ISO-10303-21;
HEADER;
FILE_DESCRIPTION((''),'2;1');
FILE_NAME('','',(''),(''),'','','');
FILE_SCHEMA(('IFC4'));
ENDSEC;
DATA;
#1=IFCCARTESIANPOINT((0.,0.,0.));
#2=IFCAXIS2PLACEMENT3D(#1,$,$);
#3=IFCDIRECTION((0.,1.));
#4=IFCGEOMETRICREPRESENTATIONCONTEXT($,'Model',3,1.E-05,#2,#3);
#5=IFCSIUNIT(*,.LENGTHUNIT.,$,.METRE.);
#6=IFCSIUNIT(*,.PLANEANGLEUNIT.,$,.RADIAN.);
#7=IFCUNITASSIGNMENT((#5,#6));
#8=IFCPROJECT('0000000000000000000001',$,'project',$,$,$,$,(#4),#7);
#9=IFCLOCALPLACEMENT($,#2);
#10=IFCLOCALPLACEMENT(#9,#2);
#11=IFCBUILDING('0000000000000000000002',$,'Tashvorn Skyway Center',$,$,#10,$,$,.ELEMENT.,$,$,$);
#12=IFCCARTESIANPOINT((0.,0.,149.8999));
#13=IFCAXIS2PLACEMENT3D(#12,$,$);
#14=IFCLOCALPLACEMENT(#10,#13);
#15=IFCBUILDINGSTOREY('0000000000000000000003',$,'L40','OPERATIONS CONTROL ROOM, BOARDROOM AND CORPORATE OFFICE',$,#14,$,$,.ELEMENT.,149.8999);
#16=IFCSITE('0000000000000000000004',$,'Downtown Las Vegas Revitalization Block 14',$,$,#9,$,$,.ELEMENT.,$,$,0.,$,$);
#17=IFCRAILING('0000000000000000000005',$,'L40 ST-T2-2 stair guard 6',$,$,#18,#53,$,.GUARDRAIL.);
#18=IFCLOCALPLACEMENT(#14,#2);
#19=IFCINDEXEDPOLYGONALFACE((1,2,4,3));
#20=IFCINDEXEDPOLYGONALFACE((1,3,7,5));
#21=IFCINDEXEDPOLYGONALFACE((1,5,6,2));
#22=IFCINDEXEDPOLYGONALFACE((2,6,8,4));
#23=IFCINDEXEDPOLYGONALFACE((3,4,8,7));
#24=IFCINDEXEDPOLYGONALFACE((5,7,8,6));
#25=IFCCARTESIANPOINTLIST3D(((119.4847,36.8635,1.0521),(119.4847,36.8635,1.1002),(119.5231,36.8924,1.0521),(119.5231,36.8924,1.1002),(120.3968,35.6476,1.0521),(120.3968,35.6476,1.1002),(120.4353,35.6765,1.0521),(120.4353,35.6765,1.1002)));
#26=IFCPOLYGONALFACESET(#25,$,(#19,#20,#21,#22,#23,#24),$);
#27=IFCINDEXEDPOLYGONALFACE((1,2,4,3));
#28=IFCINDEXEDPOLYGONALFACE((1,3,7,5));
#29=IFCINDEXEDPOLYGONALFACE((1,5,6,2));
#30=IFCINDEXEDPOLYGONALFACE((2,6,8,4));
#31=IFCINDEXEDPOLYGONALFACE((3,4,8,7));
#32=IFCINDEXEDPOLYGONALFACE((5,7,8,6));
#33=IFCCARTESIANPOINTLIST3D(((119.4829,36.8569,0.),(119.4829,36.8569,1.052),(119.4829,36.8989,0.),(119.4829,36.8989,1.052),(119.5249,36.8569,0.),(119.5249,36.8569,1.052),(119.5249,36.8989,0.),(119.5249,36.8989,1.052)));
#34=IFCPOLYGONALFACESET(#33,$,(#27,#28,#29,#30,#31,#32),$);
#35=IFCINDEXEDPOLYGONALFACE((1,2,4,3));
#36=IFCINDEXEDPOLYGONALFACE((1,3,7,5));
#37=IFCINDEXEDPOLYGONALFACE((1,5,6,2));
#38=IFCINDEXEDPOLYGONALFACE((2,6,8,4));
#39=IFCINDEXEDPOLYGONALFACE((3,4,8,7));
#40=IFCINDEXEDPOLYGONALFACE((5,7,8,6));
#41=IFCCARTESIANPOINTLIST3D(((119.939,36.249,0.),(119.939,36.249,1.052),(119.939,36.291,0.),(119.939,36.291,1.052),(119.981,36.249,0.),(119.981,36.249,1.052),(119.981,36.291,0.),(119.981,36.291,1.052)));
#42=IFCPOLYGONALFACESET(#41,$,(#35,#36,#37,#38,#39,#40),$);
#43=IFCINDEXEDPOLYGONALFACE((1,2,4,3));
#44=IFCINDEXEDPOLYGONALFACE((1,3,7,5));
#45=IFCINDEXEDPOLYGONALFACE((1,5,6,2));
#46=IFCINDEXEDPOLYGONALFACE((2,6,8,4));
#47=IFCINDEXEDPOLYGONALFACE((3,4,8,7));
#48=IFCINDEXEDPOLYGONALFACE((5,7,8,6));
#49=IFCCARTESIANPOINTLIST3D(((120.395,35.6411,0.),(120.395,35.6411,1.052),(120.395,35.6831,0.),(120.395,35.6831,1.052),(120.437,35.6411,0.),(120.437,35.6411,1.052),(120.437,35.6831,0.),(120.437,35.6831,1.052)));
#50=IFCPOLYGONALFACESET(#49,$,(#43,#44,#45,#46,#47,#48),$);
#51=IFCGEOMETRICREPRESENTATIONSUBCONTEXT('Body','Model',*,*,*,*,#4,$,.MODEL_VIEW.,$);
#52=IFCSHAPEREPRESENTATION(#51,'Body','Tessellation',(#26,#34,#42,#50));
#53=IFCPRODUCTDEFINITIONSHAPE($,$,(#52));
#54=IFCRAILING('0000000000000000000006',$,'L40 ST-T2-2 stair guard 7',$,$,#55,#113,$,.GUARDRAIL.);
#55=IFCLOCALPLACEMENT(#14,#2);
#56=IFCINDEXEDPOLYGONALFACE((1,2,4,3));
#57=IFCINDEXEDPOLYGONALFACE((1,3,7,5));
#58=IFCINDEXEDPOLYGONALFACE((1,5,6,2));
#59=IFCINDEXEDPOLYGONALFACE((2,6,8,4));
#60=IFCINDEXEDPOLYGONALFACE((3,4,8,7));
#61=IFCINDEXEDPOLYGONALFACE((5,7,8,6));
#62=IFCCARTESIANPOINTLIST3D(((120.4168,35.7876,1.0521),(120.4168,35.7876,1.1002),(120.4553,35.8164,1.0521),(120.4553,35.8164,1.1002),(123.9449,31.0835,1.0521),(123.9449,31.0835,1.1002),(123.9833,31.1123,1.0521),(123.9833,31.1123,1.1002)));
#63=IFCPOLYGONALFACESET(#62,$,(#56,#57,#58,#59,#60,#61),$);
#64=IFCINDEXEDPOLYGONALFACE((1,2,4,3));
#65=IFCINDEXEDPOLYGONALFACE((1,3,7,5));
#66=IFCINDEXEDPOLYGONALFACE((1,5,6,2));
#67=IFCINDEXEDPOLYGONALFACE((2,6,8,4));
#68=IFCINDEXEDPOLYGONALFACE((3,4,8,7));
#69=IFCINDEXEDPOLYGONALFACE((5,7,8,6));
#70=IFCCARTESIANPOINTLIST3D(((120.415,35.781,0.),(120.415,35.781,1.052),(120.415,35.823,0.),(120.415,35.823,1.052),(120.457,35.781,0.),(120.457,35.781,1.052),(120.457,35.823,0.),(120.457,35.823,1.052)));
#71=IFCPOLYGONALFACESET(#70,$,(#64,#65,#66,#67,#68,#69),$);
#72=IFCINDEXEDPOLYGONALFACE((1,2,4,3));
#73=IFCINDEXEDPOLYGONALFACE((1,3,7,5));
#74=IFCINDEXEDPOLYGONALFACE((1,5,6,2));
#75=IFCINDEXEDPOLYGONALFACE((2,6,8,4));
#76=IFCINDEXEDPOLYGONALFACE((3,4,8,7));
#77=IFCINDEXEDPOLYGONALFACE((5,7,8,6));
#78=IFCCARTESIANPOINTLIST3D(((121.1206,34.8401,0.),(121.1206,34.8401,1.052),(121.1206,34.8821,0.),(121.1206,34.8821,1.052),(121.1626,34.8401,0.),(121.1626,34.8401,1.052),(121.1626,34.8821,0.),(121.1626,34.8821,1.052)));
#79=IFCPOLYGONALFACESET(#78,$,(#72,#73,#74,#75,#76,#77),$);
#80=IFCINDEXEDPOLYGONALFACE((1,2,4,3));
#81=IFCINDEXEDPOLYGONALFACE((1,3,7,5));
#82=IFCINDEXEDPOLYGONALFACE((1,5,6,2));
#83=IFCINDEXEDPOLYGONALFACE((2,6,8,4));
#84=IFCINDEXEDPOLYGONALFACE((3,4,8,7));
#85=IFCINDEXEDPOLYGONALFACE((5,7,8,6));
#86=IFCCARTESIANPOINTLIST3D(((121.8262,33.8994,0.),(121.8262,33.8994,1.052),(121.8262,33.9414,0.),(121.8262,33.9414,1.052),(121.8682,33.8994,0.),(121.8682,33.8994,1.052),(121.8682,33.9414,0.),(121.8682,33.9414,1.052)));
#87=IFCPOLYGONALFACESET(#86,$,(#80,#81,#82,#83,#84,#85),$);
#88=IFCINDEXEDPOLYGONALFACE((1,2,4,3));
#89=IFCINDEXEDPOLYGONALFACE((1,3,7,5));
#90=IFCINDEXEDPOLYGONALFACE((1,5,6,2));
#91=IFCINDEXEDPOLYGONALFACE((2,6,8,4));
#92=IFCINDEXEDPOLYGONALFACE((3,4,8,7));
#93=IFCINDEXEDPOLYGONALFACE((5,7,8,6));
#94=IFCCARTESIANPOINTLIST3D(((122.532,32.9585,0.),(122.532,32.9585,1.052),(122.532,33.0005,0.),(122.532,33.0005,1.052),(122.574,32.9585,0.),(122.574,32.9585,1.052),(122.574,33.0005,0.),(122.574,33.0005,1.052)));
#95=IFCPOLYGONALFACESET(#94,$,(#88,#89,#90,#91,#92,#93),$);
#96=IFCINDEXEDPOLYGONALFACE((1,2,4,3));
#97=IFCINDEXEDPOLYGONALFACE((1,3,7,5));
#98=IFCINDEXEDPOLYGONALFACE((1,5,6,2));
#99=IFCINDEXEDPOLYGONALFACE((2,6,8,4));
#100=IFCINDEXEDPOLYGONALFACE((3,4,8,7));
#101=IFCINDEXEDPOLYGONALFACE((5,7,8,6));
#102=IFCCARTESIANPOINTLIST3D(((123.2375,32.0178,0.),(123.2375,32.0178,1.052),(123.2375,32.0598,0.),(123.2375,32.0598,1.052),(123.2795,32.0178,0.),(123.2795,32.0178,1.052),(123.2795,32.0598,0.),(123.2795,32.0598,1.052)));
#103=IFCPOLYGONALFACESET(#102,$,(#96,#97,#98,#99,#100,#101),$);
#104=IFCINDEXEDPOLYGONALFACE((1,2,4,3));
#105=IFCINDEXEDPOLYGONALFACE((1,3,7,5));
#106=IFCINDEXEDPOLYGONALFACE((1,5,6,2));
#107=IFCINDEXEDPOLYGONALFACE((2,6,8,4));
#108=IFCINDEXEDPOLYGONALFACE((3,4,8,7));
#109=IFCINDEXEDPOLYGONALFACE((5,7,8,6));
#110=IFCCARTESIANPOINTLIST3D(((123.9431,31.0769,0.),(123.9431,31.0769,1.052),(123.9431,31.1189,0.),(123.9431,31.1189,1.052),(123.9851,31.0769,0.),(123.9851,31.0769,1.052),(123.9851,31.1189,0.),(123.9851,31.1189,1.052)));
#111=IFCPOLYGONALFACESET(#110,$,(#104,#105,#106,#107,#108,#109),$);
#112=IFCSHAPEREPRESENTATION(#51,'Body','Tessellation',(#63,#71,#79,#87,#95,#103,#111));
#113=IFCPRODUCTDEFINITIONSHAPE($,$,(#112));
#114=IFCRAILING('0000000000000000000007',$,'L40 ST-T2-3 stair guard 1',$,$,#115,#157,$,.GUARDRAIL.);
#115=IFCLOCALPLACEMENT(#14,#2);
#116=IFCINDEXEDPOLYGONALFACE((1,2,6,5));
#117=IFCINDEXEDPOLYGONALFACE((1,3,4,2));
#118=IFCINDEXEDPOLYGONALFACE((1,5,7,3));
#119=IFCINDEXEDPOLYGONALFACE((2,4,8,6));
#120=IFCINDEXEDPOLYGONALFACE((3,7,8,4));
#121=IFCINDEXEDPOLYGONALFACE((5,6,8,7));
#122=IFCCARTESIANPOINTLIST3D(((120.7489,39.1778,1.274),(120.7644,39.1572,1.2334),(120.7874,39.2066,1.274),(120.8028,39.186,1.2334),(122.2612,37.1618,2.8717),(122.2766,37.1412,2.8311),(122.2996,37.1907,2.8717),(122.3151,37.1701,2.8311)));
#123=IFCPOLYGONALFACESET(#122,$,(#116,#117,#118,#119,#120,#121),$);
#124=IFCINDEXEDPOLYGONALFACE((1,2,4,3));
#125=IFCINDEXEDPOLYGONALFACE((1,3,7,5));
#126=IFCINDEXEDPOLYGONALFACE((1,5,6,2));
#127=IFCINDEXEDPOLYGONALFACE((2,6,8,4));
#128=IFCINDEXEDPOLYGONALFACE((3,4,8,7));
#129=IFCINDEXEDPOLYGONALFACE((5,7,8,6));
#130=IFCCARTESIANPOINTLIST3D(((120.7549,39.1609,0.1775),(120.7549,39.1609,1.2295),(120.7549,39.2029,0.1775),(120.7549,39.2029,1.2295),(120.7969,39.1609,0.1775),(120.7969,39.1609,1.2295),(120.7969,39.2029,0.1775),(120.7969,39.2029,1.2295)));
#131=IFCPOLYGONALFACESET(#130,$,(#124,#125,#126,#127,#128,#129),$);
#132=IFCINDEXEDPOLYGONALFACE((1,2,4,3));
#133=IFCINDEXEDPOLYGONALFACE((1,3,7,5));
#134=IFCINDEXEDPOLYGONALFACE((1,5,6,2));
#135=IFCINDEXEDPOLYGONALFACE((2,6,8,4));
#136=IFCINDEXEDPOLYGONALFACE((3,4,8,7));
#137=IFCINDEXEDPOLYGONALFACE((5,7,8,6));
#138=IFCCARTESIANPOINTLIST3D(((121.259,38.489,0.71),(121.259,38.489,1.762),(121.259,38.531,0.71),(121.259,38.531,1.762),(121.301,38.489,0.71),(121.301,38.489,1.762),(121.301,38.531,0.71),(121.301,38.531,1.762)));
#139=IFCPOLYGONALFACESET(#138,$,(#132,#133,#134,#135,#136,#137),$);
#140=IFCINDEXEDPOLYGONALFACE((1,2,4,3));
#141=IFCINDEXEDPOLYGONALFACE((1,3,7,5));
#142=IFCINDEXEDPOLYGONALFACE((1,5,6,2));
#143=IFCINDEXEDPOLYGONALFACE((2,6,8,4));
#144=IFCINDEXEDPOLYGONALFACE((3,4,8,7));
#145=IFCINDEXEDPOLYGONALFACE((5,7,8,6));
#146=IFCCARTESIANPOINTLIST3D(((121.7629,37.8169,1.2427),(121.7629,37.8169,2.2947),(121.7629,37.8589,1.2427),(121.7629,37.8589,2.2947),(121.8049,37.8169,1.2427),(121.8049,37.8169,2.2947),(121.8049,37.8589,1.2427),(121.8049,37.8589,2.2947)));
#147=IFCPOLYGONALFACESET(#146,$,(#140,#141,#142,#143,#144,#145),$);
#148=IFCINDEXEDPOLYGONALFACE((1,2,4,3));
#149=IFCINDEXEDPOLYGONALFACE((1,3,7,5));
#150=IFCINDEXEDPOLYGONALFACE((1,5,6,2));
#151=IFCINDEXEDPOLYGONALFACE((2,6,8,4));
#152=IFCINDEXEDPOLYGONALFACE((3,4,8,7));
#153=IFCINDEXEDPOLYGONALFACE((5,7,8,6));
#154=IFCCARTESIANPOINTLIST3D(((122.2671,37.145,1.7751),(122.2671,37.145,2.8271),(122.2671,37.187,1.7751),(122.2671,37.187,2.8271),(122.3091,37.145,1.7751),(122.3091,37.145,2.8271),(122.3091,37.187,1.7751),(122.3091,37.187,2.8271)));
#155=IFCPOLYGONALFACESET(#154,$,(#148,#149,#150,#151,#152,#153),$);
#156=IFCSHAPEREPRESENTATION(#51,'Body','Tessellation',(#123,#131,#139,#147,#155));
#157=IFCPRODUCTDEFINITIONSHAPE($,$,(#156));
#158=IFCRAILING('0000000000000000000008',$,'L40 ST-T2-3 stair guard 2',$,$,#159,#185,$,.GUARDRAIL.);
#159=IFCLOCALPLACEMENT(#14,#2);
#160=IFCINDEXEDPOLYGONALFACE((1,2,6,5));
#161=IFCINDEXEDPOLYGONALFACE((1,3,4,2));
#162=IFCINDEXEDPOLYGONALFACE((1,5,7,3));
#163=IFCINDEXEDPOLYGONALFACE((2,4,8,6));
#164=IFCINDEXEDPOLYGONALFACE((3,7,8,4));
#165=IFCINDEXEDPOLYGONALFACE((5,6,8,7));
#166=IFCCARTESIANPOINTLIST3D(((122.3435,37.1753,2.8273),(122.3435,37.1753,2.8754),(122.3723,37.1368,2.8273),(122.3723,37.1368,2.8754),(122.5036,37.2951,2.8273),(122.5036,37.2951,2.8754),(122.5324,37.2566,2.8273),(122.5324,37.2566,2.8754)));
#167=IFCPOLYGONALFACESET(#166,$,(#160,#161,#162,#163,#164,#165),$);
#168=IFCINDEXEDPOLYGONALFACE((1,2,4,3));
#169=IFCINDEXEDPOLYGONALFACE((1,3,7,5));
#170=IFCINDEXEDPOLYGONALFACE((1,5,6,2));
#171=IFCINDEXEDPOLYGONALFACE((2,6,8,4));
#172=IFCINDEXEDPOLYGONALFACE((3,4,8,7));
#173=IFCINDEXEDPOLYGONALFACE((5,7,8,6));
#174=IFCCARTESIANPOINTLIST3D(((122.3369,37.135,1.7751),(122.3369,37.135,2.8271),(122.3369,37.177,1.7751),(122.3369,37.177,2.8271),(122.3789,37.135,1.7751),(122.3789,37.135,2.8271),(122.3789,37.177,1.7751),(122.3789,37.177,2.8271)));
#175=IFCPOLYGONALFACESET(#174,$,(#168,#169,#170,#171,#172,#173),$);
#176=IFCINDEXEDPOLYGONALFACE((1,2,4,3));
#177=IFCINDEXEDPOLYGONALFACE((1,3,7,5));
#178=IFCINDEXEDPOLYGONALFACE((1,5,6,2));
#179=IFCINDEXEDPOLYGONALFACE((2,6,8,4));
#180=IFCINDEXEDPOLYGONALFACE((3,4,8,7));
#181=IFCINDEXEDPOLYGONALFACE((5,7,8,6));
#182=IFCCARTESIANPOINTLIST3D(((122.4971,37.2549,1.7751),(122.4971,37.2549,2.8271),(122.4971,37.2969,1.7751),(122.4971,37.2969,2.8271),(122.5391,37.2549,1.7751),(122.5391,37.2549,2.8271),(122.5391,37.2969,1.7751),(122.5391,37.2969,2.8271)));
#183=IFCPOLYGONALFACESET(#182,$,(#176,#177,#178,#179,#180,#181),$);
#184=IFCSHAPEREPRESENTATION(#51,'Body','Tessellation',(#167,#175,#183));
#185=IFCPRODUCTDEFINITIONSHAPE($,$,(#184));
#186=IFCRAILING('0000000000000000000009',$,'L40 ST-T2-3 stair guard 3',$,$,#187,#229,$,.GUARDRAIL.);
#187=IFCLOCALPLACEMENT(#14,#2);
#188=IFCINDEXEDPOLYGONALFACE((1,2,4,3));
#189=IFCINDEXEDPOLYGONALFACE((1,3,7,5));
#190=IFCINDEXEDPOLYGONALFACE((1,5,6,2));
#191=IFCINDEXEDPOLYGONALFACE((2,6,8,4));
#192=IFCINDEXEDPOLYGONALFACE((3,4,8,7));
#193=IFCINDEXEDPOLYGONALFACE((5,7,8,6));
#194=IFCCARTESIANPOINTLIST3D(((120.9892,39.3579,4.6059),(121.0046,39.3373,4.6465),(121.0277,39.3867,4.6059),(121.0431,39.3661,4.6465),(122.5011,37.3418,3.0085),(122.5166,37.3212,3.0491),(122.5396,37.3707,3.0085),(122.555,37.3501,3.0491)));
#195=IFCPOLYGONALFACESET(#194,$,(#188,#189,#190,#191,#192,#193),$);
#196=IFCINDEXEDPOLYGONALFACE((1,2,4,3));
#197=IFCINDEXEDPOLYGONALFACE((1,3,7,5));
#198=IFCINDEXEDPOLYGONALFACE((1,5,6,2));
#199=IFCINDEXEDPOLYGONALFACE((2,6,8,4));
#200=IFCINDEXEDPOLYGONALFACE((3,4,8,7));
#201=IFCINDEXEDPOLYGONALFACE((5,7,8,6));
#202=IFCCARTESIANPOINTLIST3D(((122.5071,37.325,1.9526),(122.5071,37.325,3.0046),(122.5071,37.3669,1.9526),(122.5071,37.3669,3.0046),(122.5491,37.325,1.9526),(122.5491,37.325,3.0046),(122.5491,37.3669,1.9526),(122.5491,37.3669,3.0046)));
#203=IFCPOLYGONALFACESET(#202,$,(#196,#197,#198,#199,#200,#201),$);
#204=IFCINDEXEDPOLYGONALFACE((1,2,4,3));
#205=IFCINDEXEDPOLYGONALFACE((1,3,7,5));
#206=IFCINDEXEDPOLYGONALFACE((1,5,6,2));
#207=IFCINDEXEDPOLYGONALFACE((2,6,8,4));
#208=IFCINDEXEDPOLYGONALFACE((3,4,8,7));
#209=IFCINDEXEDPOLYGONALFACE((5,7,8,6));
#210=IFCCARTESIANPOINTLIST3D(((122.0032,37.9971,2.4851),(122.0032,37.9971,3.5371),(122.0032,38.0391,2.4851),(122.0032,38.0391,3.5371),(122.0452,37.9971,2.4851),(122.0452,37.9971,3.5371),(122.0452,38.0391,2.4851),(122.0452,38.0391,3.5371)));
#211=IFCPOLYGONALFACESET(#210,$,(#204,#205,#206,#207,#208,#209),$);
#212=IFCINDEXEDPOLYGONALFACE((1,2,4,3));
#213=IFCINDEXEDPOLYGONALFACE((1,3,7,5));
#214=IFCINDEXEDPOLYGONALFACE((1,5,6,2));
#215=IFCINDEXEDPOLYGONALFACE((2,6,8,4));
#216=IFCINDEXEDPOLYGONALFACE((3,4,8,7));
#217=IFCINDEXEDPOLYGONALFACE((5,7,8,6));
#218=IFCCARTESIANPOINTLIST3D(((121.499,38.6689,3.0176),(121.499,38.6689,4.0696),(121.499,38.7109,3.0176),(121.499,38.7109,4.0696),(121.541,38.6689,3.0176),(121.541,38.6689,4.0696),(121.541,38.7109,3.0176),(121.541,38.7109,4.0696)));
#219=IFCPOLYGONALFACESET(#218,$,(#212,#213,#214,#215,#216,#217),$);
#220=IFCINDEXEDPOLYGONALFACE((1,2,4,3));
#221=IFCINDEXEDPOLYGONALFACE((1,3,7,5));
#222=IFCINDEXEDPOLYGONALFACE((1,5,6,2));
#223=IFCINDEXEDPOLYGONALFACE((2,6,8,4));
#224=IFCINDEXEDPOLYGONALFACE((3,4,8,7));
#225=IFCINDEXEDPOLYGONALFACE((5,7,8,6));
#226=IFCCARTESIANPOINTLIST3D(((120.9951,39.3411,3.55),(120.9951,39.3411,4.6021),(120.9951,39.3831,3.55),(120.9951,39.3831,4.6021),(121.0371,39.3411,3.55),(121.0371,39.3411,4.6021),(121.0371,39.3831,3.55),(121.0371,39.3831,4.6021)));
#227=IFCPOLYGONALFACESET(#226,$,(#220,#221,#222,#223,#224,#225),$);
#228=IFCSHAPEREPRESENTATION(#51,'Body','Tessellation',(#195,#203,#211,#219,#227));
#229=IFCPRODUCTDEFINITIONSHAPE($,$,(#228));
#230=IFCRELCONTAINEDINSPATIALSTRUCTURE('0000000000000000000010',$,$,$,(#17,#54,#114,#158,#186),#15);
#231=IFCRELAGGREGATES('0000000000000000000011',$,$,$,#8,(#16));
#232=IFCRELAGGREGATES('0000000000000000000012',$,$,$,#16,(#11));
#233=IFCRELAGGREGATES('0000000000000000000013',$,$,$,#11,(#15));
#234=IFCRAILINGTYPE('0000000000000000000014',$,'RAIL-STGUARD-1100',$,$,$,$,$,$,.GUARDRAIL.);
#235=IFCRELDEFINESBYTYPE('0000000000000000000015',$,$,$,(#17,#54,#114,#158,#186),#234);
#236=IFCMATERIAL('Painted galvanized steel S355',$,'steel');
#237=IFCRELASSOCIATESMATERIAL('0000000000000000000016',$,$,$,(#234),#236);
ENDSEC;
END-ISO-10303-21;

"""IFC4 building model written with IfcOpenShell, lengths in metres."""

from ifc_helpers import new_model, si_unit, direction, frame, origin, origin_2d, place, context, subcontext, project, spatial, rectangle, extrude, material, type_object, element, save


model = new_model("IFC4")

# Units and contexts
model_context = context("Model", 3, precision=1e-05, world=origin(), true_north=direction((0.0, 1.0)))
body_context = subcontext(model_context, "Body", "Model", "MODEL_VIEW")
ifc_project = project(units=[si_unit("LENGTHUNIT", "METRE"), si_unit("PLANEANGLEUNIT", "RADIAN")], contexts=[model_context])

# Site, building, storey
site_placement = place(None, origin())
site = spatial("IfcSite", under=ifc_project, at=site_placement, Name="Downtown Las Vegas Revitalization Block 14", CompositionType="ELEMENT", RefElevation=0.0)
building_placement = place(site_placement, origin())
building = spatial("IfcBuilding", under=site, at=building_placement, Name="Tashvorn Skyway Center", CompositionType="ELEMENT")
storey_placement = place(building_placement, frame((0.0, 0.0, 149.8999)))
storey = spatial("IfcBuildingStorey", under=building, at=storey_placement, Name="L40", Description="OPERATIONS CONTROL ROOM, BOARDROOM AND CORPORATE OFFICE", CompositionType="ELEMENT", Elevation=149.8999)

# Railings
ifc_material_1 = material(Name="Painted galvanized steel S355", Category="steel")
railing_type_1 = type_object("IfcRailingType", Name="RAIL-STGUARD-1100", PredefinedType="GUARDRAIL", material=ifc_material_1)
railing_1_placement = place(storey_placement, frame((119.5039, 36.8779, 0.0)))
element("IfcRailing", 1, at=railing_1_placement, inside=storey, type_object=railing_type_1, Name="L40 ST-T2-2 stair guard 6", PredefinedType="GUARDRAIL", context=body_context, shape_type="SweptSolid", body=[
    extrude(rectangle(XDim=0.0481, YDim=0.0481, at=origin_2d()), frame((0.0, 0.0, 1.0762), z_axis=(0.600103, -0.799923, 0.0), x_axis=(0.799923, 0.600103, 0.0)), (0.0, 0.0, 1.0), 1.52),
    extrude(rectangle(XDim=0.042, YDim=0.042, at=origin_2d()), origin(), (0.0, 0.0, 1.0), 1.052),
    extrude(rectangle(XDim=0.042, YDim=0.042, at=origin_2d()), frame((0.4561, -0.6079, 0.0)), (0.0, 0.0, 1.0), 1.052),
    extrude(rectangle(XDim=0.042, YDim=0.042, at=origin_2d()), frame((0.9121, -1.2158, 0.0)), (0.0, 0.0, 1.0), 1.052),
])
railing_2_placement = place(storey_placement, frame((120.436, 35.802, 0.0)))
element("IfcRailing", 2, at=railing_2_placement, inside=storey, type_object=railing_type_1, Name="L40 ST-T2-2 stair guard 7", PredefinedType="GUARDRAIL", context=body_context, shape_type="SweptSolid", body=[
    extrude(rectangle(XDim=0.0481, YDim=0.0481, at=origin_2d()), frame((0.0, 0.0, 1.0762), z_axis=(0.6, -0.8, 0.0), x_axis=(0.8, 0.6, 0.0)), (0.0, 0.0, 1.0), 5.8801),
    extrude(rectangle(XDim=0.042, YDim=0.042, at=origin_2d()), origin(), (0.0, 0.0, 1.0), 1.052),
    extrude(rectangle(XDim=0.042, YDim=0.042, at=origin_2d()), frame((0.7056, -0.9409, 0.0)), (0.0, 0.0, 1.0), 1.052),
    extrude(rectangle(XDim=0.042, YDim=0.042, at=origin_2d()), frame((1.4111, -1.8816, 0.0)), (0.0, 0.0, 1.0), 1.052),
    extrude(rectangle(XDim=0.042, YDim=0.042, at=origin_2d()), frame((2.1169, -2.8225, 0.0)), (0.0, 0.0, 1.0), 1.052),
    extrude(rectangle(XDim=0.042, YDim=0.042, at=origin_2d()), frame((2.8225, -3.7632, 0.0)), (0.0, 0.0, 1.0), 1.052),
    extrude(rectangle(XDim=0.042, YDim=0.042, at=origin_2d()), frame((3.5281, -4.7041, 0.0)), (0.0, 0.0, 1.0), 1.052),
])
railing_3_placement = place(storey_placement, frame((120.7759, 39.1819, 0.1775)))
element("IfcRailing", 3, at=railing_3_placement, inside=storey, type_object=railing_type_1, Name="L40 ST-T2-3 stair guard 1", PredefinedType="GUARDRAIL", context=body_context, shape_type="SweptSolid", body=[
    extrude(rectangle(XDim=0.0481, YDim=0.0481, at=origin_2d()), frame((0.0, 0.0, 1.0762), z_axis=(0.506807, -0.675607, 0.535445), x_axis=(0.799942, 0.600078, 0.0)), (0.0, 0.0, 1.0), 2.9839),
    extrude(rectangle(XDim=0.042, YDim=0.042, at=origin_2d()), origin(), (0.0, 0.0, 1.0), 1.052),
    extrude(rectangle(XDim=0.042, YDim=0.042, at=origin_2d()), frame((0.5042, -0.6719, 0.5325)), (0.0, 0.0, 1.0), 1.052),
    extrude(rectangle(XDim=0.042, YDim=0.042, at=origin_2d()), frame((1.0081, -1.344, 1.0652)), (0.0, 0.0, 1.0), 1.052),
    extrude(rectangle(XDim=0.042, YDim=0.042, at=origin_2d()), frame((1.5122, -2.0159, 1.5977)), (0.0, 0.0, 1.0), 1.052),
])
railing_4_placement = place(storey_placement, frame((122.3579, 37.156, 1.7751)))
element("IfcRailing", 4, at=railing_4_placement, inside=storey, type_object=railing_type_1, Name="L40 ST-T2-3 stair guard 2", PredefinedType="GUARDRAIL", context=body_context, shape_type="SweptSolid", body=[
    extrude(rectangle(XDim=0.0481, YDim=0.0481, at=origin_2d()), frame((0.0, 0.0, 1.0762), z_axis=(0.800585, 0.599219, 0.0), x_axis=(-0.599219, 0.800585, 0.0)), (0.0, 0.0, 1.0), 0.2),
    extrude(rectangle(XDim=0.042, YDim=0.042, at=origin_2d()), origin(), (0.0, 0.0, 1.0), 1.052),
    extrude(rectangle(XDim=0.042, YDim=0.042, at=origin_2d()), frame((0.1602, 0.1199, 0.0)), (0.0, 0.0, 1.0), 1.052),
])
railing_5_placement = place(storey_placement, frame((122.5281, 37.3459, 1.9526)))
element("IfcRailing", 5, at=railing_5_placement, inside=storey, type_object=railing_type_1, Name="L40 ST-T2-3 stair guard 3", PredefinedType="GUARDRAIL", context=body_context, shape_type="SweptSolid", body=[
    extrude(rectangle(XDim=0.0481, YDim=0.0481, at=origin_2d()), frame((0.0, 0.0, 1.0762), z_axis=(-0.506741, 0.675709, 0.535379), x_axis=(-0.800023, -0.599969, 0.0)), (0.0, 0.0, 1.0), 2.9836),
    extrude(rectangle(XDim=0.042, YDim=0.042, at=origin_2d()), origin(), (0.0, 0.0, 1.0), 1.052),
    extrude(rectangle(XDim=0.042, YDim=0.042, at=origin_2d()), frame((-0.5039, 0.6721, 0.5325)), (0.0, 0.0, 1.0), 1.052),
    extrude(rectangle(XDim=0.042, YDim=0.042, at=origin_2d()), frame((-1.0081, 1.344, 1.0649)), (0.0, 0.0, 1.0), 1.052),
    extrude(rectangle(XDim=0.042, YDim=0.042, at=origin_2d()), frame((-1.512, 2.0161, 1.5974)), (0.0, 0.0, 1.0), 1.052),
])

save(model, "model.ifc")
